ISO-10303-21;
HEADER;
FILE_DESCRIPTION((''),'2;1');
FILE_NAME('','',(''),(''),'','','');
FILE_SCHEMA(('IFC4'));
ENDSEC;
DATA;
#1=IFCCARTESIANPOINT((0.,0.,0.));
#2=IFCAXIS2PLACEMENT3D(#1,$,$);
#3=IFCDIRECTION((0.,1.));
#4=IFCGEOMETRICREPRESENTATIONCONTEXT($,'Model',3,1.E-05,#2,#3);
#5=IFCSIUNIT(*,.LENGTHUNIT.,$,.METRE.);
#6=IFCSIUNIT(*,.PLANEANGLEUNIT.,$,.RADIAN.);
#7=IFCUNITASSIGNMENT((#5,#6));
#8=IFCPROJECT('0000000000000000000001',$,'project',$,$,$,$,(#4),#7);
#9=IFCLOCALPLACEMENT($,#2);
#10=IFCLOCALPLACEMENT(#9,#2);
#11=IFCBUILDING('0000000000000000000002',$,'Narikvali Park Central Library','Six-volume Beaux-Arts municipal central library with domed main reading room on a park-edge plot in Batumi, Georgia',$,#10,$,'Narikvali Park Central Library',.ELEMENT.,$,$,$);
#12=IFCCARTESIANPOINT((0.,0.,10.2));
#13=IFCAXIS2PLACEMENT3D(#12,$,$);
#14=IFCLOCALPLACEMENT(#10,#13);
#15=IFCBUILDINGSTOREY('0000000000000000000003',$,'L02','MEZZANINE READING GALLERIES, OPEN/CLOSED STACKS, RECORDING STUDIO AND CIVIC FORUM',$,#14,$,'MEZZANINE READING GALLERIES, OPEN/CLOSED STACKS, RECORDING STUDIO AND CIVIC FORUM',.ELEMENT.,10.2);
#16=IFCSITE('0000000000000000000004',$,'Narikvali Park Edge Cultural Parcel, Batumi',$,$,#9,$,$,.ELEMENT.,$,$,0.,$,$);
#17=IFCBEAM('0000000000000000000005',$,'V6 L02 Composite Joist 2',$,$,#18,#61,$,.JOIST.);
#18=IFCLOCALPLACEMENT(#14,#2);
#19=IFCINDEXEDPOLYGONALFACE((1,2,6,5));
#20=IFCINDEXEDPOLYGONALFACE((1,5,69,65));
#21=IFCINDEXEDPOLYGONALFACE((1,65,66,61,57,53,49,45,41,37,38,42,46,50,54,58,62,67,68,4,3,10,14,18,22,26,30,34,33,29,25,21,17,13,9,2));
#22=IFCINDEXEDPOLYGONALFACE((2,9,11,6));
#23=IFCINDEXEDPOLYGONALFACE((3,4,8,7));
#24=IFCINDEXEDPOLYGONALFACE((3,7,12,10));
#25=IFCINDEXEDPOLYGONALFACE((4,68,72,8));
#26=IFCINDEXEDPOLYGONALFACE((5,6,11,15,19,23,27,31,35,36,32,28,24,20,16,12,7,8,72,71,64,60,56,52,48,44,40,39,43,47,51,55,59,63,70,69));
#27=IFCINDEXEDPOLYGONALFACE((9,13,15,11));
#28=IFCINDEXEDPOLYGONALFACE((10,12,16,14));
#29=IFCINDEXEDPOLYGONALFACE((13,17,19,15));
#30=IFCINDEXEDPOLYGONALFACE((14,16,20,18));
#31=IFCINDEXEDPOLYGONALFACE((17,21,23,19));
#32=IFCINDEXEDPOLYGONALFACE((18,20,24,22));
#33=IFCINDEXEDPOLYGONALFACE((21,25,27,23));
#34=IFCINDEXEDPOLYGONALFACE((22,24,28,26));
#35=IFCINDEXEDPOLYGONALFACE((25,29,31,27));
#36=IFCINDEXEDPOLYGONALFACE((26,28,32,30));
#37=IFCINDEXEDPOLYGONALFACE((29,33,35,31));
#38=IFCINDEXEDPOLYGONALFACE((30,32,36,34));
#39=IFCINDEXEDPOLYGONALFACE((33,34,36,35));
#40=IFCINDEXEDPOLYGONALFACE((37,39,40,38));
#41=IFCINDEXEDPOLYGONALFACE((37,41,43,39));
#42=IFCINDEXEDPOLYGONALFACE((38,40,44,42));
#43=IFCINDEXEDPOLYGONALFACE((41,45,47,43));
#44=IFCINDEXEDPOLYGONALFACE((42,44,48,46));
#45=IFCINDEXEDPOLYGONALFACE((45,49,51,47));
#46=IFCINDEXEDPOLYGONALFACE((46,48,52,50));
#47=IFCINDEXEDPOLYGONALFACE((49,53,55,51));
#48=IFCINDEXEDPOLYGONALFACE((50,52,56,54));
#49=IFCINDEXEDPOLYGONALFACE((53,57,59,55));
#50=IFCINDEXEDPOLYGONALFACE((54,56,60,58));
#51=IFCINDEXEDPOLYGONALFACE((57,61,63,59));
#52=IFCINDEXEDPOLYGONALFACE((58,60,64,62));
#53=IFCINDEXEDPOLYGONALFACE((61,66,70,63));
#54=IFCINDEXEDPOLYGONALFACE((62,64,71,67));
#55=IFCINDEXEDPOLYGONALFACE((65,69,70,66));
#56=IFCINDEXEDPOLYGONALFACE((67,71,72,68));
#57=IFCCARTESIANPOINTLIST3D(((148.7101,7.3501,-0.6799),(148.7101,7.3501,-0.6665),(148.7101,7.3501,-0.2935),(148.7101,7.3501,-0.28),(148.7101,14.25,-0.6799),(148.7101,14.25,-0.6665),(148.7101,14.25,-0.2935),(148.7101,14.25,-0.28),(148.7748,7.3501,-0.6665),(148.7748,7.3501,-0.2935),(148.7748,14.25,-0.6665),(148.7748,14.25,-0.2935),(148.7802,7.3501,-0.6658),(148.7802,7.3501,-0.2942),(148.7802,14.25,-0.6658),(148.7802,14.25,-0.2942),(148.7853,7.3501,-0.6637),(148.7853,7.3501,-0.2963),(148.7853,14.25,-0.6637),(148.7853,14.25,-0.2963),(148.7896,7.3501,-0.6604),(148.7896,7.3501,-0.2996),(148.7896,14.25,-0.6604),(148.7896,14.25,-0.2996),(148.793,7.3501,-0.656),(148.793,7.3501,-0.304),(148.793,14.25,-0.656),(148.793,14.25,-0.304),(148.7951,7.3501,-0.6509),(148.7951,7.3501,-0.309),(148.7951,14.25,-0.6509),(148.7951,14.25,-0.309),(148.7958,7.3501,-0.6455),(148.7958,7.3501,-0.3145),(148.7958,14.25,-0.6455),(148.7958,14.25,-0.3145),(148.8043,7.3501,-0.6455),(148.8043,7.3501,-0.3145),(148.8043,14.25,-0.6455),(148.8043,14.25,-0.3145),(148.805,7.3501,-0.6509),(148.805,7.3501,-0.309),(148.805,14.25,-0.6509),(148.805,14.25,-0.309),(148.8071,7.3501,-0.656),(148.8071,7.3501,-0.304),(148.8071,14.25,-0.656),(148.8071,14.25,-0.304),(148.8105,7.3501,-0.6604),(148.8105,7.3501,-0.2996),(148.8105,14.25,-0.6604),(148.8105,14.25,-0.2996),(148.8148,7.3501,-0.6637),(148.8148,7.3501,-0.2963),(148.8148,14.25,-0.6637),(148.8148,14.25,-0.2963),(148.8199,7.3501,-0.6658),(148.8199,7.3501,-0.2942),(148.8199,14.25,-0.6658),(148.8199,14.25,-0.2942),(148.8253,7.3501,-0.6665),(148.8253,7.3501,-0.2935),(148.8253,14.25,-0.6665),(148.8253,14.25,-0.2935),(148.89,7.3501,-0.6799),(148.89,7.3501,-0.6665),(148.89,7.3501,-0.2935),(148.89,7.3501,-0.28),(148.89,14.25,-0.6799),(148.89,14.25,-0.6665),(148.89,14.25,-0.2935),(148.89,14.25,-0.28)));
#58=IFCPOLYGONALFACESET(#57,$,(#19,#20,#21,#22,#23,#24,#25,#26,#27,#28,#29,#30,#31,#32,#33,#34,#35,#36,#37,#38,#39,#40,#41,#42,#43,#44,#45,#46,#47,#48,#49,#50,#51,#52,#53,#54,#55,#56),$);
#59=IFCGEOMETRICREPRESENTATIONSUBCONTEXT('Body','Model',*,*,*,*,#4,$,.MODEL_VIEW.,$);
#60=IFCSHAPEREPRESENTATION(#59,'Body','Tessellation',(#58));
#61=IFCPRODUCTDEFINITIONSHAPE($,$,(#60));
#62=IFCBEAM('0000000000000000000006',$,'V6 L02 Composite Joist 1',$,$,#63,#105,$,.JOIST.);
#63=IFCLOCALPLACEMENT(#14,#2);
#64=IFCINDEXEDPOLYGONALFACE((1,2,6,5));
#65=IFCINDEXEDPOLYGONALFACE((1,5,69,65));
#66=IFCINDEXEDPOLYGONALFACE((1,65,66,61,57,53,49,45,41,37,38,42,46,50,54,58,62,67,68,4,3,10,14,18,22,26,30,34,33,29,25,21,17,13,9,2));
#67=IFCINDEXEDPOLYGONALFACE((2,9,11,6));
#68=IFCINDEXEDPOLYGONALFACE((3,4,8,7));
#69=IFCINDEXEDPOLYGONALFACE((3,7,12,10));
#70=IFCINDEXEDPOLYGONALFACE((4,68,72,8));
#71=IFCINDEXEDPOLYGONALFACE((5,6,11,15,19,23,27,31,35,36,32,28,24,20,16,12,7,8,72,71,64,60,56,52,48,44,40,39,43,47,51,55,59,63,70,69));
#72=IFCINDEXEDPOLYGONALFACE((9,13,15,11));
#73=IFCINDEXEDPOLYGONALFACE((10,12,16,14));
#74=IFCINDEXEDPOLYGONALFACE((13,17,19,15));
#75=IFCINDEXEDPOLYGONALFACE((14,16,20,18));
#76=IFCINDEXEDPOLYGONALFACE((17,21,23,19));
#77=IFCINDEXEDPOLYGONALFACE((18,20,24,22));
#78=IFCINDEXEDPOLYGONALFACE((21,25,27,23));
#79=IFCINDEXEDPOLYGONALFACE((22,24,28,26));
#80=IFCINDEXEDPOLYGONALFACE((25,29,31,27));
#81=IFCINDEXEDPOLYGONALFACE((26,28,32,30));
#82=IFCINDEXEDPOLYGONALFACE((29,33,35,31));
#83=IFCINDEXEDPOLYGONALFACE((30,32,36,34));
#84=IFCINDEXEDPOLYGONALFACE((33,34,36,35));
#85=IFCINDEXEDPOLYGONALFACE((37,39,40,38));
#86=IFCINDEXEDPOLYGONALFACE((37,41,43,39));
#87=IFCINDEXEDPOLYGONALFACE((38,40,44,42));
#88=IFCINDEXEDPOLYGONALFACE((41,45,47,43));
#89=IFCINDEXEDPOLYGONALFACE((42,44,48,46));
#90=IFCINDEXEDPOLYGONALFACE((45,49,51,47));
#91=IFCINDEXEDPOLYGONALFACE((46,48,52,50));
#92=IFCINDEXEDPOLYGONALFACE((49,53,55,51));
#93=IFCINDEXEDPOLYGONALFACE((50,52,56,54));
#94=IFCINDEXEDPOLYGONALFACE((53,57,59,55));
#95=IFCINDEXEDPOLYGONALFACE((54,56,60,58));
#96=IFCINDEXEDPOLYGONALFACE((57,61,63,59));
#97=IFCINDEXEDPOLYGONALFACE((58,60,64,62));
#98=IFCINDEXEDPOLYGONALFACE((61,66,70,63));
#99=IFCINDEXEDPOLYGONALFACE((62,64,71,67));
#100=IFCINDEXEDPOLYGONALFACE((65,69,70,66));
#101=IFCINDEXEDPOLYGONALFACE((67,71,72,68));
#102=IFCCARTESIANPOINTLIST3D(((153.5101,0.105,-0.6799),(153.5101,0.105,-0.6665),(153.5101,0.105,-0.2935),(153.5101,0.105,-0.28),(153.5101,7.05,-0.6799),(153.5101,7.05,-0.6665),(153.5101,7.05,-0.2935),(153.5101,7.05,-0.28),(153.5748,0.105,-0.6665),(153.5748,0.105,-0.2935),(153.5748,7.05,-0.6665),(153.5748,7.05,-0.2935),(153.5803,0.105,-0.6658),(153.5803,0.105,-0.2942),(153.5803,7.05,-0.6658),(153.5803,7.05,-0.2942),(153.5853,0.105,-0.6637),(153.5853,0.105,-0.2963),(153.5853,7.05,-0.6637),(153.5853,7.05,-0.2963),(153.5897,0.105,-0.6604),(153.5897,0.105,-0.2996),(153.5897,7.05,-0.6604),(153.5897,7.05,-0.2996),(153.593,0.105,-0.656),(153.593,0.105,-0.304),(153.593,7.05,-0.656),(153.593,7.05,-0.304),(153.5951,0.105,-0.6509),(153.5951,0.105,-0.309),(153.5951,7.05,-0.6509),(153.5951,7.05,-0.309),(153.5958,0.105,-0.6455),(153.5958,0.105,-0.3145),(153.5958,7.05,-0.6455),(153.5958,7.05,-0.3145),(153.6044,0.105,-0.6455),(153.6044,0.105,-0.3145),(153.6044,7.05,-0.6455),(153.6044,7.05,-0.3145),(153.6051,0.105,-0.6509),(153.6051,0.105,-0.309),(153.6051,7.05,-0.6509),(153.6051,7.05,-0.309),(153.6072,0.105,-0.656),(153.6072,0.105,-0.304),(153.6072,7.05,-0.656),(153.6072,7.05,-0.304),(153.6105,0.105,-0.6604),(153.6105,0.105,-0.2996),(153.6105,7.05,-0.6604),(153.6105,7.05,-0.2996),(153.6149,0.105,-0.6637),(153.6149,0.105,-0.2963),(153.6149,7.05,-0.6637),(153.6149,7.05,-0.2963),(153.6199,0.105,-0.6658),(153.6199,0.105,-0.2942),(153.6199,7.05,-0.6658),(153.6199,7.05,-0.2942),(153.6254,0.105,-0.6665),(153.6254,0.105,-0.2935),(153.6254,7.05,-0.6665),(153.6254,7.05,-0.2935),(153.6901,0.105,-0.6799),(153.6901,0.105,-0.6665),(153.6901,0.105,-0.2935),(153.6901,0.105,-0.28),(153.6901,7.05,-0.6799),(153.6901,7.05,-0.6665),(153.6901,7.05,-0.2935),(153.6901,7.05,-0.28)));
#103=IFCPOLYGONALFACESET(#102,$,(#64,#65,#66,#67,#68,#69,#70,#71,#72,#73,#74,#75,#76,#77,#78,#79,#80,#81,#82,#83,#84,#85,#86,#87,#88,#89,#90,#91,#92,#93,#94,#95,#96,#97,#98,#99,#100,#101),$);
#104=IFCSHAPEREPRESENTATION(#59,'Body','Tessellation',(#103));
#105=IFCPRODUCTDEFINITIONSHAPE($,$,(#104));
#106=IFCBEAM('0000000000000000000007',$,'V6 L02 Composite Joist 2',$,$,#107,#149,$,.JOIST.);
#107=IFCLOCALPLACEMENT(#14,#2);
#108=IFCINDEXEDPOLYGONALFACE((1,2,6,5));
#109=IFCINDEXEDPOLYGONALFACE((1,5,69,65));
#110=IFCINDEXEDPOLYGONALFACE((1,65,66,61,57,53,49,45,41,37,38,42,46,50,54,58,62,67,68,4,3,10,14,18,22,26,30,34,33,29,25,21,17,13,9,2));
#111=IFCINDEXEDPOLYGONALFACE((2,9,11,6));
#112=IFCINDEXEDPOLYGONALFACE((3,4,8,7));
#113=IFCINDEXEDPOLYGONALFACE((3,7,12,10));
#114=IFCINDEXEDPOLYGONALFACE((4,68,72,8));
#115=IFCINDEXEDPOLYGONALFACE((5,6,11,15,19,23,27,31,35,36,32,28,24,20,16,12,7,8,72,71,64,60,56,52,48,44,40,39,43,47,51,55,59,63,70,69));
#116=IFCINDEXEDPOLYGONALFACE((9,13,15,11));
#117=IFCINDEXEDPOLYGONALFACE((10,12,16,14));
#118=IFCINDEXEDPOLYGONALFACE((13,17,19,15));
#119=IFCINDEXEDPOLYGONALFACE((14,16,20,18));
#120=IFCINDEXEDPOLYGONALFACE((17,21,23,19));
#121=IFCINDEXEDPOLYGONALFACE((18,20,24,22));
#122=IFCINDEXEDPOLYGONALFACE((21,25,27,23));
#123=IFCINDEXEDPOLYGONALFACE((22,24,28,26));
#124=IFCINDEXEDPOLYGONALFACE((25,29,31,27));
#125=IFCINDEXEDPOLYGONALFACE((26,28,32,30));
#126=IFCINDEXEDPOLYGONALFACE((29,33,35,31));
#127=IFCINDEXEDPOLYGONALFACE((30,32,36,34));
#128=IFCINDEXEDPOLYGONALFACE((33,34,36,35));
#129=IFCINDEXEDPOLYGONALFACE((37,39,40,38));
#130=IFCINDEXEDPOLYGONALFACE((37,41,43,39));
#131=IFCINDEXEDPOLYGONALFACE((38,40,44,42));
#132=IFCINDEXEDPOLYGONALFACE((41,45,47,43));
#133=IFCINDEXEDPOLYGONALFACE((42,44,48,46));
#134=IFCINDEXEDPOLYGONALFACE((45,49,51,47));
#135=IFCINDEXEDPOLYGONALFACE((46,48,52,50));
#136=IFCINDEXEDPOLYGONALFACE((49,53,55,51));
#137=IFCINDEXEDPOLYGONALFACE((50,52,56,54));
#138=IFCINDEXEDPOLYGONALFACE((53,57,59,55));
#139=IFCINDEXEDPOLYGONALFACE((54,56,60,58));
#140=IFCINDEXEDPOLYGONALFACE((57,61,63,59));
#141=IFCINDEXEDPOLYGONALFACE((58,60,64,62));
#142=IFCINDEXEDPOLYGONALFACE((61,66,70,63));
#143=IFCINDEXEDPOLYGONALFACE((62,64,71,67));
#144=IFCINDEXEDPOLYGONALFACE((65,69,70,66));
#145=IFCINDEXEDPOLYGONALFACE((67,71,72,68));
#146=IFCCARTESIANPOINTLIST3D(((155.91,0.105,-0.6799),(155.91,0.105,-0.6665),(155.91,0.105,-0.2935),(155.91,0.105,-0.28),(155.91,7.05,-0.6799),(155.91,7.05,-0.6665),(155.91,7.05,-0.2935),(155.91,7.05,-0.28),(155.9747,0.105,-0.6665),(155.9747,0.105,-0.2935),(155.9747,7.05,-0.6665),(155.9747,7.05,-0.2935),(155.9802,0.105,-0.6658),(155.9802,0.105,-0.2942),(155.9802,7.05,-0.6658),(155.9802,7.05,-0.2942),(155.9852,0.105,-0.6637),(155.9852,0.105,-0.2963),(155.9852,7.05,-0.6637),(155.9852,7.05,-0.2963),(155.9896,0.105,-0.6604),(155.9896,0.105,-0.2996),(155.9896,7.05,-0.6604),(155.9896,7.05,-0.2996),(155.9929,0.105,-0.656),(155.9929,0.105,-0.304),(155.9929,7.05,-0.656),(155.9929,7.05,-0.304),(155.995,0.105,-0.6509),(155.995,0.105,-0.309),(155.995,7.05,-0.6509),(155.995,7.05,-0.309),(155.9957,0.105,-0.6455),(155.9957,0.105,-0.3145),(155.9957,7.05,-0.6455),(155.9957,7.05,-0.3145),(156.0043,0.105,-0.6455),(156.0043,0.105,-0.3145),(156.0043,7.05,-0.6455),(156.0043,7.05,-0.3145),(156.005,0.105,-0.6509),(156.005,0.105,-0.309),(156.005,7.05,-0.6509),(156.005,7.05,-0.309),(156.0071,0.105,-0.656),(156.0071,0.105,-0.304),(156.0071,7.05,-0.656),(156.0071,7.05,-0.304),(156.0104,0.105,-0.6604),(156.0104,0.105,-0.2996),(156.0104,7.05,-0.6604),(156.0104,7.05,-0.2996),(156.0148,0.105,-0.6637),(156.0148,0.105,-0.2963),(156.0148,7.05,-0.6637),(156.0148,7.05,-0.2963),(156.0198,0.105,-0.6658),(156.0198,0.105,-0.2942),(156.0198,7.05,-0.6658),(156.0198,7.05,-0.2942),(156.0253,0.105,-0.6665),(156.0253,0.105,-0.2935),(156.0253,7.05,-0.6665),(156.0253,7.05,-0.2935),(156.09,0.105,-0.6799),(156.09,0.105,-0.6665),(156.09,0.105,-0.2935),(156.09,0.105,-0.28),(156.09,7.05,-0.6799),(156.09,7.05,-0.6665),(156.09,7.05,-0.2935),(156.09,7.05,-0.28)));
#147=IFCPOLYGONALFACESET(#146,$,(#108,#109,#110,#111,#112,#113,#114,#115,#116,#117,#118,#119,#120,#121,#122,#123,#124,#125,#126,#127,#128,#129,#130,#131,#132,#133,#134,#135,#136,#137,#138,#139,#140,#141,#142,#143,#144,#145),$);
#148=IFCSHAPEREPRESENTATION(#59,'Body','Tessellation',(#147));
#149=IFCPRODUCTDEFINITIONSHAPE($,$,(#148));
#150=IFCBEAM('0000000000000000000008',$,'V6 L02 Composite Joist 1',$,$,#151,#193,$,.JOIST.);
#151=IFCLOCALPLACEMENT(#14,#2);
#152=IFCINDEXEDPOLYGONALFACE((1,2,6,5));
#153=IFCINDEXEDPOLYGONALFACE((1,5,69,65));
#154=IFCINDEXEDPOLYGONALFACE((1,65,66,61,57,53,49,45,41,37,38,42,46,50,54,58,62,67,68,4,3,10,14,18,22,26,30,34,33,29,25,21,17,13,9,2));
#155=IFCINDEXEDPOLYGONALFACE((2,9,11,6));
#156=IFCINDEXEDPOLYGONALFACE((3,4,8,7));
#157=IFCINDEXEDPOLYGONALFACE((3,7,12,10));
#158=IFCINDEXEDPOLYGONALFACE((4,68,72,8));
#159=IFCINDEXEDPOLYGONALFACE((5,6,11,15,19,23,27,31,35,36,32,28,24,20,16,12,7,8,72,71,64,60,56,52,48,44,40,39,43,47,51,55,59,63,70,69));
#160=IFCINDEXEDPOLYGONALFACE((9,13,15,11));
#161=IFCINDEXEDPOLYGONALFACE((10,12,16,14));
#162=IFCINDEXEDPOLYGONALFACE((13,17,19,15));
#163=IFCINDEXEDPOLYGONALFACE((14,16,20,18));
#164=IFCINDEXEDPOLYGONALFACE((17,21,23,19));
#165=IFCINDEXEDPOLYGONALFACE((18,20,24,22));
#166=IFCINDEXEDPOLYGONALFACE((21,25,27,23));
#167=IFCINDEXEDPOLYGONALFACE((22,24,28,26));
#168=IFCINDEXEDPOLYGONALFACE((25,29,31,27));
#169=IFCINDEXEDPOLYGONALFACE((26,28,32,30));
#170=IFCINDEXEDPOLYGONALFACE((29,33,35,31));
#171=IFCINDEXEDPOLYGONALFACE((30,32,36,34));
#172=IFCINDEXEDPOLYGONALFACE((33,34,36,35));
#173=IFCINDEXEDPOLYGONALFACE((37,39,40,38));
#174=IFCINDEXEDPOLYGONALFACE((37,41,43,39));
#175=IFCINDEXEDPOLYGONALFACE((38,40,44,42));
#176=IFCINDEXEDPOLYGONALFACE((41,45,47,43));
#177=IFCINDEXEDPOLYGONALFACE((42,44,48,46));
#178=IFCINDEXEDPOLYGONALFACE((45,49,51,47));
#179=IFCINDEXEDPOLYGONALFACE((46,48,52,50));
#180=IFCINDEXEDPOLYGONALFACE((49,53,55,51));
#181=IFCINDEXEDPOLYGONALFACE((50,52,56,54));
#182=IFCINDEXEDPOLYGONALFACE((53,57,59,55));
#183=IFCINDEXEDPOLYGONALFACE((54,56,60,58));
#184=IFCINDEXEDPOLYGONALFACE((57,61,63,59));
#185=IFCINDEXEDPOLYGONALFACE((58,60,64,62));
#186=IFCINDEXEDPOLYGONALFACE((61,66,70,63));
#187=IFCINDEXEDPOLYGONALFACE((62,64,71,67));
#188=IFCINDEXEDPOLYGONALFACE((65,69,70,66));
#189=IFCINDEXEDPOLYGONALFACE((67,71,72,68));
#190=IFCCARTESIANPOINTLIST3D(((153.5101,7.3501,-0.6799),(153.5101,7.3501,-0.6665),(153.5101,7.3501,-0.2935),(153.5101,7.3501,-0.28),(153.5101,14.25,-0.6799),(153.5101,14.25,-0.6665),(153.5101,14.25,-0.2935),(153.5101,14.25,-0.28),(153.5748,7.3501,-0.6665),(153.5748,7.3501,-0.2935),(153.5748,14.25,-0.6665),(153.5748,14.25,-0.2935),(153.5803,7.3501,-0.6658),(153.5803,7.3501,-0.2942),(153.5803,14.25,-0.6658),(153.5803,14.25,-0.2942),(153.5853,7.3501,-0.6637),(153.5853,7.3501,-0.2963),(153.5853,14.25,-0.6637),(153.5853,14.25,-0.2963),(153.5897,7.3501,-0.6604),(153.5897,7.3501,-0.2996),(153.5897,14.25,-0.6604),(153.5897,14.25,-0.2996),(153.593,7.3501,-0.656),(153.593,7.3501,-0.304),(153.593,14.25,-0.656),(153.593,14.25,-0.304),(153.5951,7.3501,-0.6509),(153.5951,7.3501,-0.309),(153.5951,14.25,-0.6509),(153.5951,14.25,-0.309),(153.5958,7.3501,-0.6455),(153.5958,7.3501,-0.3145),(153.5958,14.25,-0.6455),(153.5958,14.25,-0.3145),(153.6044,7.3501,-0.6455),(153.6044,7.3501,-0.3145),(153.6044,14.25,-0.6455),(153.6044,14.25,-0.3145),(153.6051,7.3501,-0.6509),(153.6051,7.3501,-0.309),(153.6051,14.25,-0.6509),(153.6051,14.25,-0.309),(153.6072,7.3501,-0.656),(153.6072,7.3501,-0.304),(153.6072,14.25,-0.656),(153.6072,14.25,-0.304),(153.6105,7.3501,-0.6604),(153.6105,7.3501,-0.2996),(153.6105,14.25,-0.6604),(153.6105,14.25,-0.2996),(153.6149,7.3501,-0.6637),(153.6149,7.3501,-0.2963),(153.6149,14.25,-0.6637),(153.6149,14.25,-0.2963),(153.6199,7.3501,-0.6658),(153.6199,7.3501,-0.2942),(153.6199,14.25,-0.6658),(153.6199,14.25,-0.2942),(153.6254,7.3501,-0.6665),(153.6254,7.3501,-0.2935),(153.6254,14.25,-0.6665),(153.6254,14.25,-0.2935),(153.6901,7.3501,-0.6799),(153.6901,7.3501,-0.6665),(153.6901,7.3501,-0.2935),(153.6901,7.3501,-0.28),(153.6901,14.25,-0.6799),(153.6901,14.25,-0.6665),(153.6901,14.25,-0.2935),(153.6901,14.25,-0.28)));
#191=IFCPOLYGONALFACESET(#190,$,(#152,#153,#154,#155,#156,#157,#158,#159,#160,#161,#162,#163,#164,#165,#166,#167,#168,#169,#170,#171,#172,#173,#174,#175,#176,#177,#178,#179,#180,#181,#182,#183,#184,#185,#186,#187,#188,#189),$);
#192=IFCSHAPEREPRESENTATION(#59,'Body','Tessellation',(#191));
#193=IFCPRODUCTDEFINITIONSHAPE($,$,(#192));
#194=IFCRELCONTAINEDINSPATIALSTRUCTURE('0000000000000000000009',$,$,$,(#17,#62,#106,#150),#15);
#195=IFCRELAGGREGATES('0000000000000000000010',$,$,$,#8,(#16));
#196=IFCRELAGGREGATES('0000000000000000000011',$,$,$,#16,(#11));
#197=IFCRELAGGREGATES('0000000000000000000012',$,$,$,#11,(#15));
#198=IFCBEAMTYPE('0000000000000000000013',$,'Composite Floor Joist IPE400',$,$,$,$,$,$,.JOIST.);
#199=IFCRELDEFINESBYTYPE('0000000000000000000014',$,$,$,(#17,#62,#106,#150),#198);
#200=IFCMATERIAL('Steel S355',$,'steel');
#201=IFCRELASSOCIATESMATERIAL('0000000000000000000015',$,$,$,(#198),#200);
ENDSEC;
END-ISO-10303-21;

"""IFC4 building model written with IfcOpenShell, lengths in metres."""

from ifc_helpers import new_model, si_unit, direction, frame, origin, origin_2d, place, context, subcontext, project, spatial, i_section, extrude, material, material_profile, profile_set, type_object, element, save


model = new_model("IFC4")

# Units and contexts
model_context = context("Model", 3, precision=1e-05, world=origin(), true_north=direction((0.0, 1.0)))
body_context = subcontext(model_context, "Body", "Model", "MODEL_VIEW")
ifc_project = project(units=[si_unit("LENGTHUNIT", "METRE"), si_unit("PLANEANGLEUNIT", "RADIAN")], contexts=[model_context])

# Site, building, storey
site_placement = place(None, origin())
site = spatial("IfcSite", under=ifc_project, at=site_placement, Name="Narikvali Park Edge Cultural Parcel, Batumi", CompositionType="ELEMENT", RefElevation=0.0)
building_placement = place(site_placement, origin())
building = spatial("IfcBuilding", under=site, at=building_placement, Name="Narikvali Park Central Library", Description="Six-volume Beaux-Arts municipal central library with domed main reading room on a park-edge plot in Batumi, Georgia", LongName="Narikvali Park Central Library", CompositionType="ELEMENT")
storey_placement = place(building_placement, frame((0.0, 0.0, 10.2)))
storey = spatial("IfcBuildingStorey", under=building, at=storey_placement, Name="L02", Description="MEZZANINE READING GALLERIES, OPEN/CLOSED STACKS, RECORDING STUDIO AND CIVIC FORUM", LongName="MEZZANINE READING GALLERIES, OPEN/CLOSED STACKS, RECORDING STUDIO AND CIVIC FORUM", CompositionType="ELEMENT", Elevation=10.2)

# Shared definitions
ifc_material_1 = material(Name="Steel S355", Category="steel")

# Beams
ifc_material_profile_1 = material_profile(ifc_material_1, i_section(OverallWidth=0.1799, OverallDepth=0.3999, WebThickness=0.0085, FlangeThickness=0.0134, FilletRadius=0.021, at=origin_2d()), Name="IPE 400")
ifc_profile_set_1 = profile_set([ifc_material_profile_1], Name="Steel S355")
beam_type_1 = type_object("IfcBeamType", Name="Composite Floor Joist IPE400", PredefinedType="JOIST", material=ifc_profile_set_1)
beam_1_placement = place(storey_placement, frame((148.8, 7.3501, -0.48), z_axis=(0.0, 1.0, 0.0), x_axis=(-1.0, 0.0, 0.0)))
element("IfcBeam", 1, at=beam_1_placement, inside=storey, type_object=beam_type_1, Name="V6 L02 Composite Joist 2", PredefinedType="JOIST", context=body_context, shape_type="SweptSolid", body=[
    extrude(i_section(OverallWidth=0.1799, OverallDepth=0.3999, WebThickness=0.0085, FlangeThickness=0.0134, FilletRadius=0.021, at=origin_2d()), origin(), (0.0, 0.0, 1.0), 6.8999),
])
for number, where, z_axis, x_axis, name in (
    (2, (153.6001, 0.105, -0.48), (0.0, 1.0, 0.0), (-1.0, 0.0, 0.0), "V6 L02 Composite Joist 1"),
    (3, (156.0, 0.105, -0.48), (0.0, 1.0, 0.0), (-1.0, 0.0, 0.0), "V6 L02 Composite Joist 2"),
):
    element("IfcBeam", number, at=place(storey_placement, frame(where, z_axis=z_axis, x_axis=x_axis)), inside=storey, type_object=beam_type_1, Name=name, PredefinedType="JOIST", context=body_context, shape_type="SweptSolid", body=[
        extrude(i_section(OverallWidth=0.1799, OverallDepth=0.3999, WebThickness=0.0085, FlangeThickness=0.0134, FilletRadius=0.021, at=origin_2d()), origin(), (0.0, 0.0, 1.0), 6.9451),
    ])
beam_2_placement = place(storey_placement, frame((153.6001, 7.3501, -0.48), z_axis=(0.0, 1.0, 0.0), x_axis=(-1.0, 0.0, 0.0)))
element("IfcBeam", 4, at=beam_2_placement, inside=storey, type_object=beam_type_1, Name="V6 L02 Composite Joist 1", PredefinedType="JOIST", context=body_context, shape_type="SweptSolid", body=[
    extrude(i_section(OverallWidth=0.1799, OverallDepth=0.3999, WebThickness=0.0085, FlangeThickness=0.0134, FilletRadius=0.021, at=origin_2d()), origin(), (0.0, 0.0, 1.0), 6.8999),
])

save(model, "model.ifc")
